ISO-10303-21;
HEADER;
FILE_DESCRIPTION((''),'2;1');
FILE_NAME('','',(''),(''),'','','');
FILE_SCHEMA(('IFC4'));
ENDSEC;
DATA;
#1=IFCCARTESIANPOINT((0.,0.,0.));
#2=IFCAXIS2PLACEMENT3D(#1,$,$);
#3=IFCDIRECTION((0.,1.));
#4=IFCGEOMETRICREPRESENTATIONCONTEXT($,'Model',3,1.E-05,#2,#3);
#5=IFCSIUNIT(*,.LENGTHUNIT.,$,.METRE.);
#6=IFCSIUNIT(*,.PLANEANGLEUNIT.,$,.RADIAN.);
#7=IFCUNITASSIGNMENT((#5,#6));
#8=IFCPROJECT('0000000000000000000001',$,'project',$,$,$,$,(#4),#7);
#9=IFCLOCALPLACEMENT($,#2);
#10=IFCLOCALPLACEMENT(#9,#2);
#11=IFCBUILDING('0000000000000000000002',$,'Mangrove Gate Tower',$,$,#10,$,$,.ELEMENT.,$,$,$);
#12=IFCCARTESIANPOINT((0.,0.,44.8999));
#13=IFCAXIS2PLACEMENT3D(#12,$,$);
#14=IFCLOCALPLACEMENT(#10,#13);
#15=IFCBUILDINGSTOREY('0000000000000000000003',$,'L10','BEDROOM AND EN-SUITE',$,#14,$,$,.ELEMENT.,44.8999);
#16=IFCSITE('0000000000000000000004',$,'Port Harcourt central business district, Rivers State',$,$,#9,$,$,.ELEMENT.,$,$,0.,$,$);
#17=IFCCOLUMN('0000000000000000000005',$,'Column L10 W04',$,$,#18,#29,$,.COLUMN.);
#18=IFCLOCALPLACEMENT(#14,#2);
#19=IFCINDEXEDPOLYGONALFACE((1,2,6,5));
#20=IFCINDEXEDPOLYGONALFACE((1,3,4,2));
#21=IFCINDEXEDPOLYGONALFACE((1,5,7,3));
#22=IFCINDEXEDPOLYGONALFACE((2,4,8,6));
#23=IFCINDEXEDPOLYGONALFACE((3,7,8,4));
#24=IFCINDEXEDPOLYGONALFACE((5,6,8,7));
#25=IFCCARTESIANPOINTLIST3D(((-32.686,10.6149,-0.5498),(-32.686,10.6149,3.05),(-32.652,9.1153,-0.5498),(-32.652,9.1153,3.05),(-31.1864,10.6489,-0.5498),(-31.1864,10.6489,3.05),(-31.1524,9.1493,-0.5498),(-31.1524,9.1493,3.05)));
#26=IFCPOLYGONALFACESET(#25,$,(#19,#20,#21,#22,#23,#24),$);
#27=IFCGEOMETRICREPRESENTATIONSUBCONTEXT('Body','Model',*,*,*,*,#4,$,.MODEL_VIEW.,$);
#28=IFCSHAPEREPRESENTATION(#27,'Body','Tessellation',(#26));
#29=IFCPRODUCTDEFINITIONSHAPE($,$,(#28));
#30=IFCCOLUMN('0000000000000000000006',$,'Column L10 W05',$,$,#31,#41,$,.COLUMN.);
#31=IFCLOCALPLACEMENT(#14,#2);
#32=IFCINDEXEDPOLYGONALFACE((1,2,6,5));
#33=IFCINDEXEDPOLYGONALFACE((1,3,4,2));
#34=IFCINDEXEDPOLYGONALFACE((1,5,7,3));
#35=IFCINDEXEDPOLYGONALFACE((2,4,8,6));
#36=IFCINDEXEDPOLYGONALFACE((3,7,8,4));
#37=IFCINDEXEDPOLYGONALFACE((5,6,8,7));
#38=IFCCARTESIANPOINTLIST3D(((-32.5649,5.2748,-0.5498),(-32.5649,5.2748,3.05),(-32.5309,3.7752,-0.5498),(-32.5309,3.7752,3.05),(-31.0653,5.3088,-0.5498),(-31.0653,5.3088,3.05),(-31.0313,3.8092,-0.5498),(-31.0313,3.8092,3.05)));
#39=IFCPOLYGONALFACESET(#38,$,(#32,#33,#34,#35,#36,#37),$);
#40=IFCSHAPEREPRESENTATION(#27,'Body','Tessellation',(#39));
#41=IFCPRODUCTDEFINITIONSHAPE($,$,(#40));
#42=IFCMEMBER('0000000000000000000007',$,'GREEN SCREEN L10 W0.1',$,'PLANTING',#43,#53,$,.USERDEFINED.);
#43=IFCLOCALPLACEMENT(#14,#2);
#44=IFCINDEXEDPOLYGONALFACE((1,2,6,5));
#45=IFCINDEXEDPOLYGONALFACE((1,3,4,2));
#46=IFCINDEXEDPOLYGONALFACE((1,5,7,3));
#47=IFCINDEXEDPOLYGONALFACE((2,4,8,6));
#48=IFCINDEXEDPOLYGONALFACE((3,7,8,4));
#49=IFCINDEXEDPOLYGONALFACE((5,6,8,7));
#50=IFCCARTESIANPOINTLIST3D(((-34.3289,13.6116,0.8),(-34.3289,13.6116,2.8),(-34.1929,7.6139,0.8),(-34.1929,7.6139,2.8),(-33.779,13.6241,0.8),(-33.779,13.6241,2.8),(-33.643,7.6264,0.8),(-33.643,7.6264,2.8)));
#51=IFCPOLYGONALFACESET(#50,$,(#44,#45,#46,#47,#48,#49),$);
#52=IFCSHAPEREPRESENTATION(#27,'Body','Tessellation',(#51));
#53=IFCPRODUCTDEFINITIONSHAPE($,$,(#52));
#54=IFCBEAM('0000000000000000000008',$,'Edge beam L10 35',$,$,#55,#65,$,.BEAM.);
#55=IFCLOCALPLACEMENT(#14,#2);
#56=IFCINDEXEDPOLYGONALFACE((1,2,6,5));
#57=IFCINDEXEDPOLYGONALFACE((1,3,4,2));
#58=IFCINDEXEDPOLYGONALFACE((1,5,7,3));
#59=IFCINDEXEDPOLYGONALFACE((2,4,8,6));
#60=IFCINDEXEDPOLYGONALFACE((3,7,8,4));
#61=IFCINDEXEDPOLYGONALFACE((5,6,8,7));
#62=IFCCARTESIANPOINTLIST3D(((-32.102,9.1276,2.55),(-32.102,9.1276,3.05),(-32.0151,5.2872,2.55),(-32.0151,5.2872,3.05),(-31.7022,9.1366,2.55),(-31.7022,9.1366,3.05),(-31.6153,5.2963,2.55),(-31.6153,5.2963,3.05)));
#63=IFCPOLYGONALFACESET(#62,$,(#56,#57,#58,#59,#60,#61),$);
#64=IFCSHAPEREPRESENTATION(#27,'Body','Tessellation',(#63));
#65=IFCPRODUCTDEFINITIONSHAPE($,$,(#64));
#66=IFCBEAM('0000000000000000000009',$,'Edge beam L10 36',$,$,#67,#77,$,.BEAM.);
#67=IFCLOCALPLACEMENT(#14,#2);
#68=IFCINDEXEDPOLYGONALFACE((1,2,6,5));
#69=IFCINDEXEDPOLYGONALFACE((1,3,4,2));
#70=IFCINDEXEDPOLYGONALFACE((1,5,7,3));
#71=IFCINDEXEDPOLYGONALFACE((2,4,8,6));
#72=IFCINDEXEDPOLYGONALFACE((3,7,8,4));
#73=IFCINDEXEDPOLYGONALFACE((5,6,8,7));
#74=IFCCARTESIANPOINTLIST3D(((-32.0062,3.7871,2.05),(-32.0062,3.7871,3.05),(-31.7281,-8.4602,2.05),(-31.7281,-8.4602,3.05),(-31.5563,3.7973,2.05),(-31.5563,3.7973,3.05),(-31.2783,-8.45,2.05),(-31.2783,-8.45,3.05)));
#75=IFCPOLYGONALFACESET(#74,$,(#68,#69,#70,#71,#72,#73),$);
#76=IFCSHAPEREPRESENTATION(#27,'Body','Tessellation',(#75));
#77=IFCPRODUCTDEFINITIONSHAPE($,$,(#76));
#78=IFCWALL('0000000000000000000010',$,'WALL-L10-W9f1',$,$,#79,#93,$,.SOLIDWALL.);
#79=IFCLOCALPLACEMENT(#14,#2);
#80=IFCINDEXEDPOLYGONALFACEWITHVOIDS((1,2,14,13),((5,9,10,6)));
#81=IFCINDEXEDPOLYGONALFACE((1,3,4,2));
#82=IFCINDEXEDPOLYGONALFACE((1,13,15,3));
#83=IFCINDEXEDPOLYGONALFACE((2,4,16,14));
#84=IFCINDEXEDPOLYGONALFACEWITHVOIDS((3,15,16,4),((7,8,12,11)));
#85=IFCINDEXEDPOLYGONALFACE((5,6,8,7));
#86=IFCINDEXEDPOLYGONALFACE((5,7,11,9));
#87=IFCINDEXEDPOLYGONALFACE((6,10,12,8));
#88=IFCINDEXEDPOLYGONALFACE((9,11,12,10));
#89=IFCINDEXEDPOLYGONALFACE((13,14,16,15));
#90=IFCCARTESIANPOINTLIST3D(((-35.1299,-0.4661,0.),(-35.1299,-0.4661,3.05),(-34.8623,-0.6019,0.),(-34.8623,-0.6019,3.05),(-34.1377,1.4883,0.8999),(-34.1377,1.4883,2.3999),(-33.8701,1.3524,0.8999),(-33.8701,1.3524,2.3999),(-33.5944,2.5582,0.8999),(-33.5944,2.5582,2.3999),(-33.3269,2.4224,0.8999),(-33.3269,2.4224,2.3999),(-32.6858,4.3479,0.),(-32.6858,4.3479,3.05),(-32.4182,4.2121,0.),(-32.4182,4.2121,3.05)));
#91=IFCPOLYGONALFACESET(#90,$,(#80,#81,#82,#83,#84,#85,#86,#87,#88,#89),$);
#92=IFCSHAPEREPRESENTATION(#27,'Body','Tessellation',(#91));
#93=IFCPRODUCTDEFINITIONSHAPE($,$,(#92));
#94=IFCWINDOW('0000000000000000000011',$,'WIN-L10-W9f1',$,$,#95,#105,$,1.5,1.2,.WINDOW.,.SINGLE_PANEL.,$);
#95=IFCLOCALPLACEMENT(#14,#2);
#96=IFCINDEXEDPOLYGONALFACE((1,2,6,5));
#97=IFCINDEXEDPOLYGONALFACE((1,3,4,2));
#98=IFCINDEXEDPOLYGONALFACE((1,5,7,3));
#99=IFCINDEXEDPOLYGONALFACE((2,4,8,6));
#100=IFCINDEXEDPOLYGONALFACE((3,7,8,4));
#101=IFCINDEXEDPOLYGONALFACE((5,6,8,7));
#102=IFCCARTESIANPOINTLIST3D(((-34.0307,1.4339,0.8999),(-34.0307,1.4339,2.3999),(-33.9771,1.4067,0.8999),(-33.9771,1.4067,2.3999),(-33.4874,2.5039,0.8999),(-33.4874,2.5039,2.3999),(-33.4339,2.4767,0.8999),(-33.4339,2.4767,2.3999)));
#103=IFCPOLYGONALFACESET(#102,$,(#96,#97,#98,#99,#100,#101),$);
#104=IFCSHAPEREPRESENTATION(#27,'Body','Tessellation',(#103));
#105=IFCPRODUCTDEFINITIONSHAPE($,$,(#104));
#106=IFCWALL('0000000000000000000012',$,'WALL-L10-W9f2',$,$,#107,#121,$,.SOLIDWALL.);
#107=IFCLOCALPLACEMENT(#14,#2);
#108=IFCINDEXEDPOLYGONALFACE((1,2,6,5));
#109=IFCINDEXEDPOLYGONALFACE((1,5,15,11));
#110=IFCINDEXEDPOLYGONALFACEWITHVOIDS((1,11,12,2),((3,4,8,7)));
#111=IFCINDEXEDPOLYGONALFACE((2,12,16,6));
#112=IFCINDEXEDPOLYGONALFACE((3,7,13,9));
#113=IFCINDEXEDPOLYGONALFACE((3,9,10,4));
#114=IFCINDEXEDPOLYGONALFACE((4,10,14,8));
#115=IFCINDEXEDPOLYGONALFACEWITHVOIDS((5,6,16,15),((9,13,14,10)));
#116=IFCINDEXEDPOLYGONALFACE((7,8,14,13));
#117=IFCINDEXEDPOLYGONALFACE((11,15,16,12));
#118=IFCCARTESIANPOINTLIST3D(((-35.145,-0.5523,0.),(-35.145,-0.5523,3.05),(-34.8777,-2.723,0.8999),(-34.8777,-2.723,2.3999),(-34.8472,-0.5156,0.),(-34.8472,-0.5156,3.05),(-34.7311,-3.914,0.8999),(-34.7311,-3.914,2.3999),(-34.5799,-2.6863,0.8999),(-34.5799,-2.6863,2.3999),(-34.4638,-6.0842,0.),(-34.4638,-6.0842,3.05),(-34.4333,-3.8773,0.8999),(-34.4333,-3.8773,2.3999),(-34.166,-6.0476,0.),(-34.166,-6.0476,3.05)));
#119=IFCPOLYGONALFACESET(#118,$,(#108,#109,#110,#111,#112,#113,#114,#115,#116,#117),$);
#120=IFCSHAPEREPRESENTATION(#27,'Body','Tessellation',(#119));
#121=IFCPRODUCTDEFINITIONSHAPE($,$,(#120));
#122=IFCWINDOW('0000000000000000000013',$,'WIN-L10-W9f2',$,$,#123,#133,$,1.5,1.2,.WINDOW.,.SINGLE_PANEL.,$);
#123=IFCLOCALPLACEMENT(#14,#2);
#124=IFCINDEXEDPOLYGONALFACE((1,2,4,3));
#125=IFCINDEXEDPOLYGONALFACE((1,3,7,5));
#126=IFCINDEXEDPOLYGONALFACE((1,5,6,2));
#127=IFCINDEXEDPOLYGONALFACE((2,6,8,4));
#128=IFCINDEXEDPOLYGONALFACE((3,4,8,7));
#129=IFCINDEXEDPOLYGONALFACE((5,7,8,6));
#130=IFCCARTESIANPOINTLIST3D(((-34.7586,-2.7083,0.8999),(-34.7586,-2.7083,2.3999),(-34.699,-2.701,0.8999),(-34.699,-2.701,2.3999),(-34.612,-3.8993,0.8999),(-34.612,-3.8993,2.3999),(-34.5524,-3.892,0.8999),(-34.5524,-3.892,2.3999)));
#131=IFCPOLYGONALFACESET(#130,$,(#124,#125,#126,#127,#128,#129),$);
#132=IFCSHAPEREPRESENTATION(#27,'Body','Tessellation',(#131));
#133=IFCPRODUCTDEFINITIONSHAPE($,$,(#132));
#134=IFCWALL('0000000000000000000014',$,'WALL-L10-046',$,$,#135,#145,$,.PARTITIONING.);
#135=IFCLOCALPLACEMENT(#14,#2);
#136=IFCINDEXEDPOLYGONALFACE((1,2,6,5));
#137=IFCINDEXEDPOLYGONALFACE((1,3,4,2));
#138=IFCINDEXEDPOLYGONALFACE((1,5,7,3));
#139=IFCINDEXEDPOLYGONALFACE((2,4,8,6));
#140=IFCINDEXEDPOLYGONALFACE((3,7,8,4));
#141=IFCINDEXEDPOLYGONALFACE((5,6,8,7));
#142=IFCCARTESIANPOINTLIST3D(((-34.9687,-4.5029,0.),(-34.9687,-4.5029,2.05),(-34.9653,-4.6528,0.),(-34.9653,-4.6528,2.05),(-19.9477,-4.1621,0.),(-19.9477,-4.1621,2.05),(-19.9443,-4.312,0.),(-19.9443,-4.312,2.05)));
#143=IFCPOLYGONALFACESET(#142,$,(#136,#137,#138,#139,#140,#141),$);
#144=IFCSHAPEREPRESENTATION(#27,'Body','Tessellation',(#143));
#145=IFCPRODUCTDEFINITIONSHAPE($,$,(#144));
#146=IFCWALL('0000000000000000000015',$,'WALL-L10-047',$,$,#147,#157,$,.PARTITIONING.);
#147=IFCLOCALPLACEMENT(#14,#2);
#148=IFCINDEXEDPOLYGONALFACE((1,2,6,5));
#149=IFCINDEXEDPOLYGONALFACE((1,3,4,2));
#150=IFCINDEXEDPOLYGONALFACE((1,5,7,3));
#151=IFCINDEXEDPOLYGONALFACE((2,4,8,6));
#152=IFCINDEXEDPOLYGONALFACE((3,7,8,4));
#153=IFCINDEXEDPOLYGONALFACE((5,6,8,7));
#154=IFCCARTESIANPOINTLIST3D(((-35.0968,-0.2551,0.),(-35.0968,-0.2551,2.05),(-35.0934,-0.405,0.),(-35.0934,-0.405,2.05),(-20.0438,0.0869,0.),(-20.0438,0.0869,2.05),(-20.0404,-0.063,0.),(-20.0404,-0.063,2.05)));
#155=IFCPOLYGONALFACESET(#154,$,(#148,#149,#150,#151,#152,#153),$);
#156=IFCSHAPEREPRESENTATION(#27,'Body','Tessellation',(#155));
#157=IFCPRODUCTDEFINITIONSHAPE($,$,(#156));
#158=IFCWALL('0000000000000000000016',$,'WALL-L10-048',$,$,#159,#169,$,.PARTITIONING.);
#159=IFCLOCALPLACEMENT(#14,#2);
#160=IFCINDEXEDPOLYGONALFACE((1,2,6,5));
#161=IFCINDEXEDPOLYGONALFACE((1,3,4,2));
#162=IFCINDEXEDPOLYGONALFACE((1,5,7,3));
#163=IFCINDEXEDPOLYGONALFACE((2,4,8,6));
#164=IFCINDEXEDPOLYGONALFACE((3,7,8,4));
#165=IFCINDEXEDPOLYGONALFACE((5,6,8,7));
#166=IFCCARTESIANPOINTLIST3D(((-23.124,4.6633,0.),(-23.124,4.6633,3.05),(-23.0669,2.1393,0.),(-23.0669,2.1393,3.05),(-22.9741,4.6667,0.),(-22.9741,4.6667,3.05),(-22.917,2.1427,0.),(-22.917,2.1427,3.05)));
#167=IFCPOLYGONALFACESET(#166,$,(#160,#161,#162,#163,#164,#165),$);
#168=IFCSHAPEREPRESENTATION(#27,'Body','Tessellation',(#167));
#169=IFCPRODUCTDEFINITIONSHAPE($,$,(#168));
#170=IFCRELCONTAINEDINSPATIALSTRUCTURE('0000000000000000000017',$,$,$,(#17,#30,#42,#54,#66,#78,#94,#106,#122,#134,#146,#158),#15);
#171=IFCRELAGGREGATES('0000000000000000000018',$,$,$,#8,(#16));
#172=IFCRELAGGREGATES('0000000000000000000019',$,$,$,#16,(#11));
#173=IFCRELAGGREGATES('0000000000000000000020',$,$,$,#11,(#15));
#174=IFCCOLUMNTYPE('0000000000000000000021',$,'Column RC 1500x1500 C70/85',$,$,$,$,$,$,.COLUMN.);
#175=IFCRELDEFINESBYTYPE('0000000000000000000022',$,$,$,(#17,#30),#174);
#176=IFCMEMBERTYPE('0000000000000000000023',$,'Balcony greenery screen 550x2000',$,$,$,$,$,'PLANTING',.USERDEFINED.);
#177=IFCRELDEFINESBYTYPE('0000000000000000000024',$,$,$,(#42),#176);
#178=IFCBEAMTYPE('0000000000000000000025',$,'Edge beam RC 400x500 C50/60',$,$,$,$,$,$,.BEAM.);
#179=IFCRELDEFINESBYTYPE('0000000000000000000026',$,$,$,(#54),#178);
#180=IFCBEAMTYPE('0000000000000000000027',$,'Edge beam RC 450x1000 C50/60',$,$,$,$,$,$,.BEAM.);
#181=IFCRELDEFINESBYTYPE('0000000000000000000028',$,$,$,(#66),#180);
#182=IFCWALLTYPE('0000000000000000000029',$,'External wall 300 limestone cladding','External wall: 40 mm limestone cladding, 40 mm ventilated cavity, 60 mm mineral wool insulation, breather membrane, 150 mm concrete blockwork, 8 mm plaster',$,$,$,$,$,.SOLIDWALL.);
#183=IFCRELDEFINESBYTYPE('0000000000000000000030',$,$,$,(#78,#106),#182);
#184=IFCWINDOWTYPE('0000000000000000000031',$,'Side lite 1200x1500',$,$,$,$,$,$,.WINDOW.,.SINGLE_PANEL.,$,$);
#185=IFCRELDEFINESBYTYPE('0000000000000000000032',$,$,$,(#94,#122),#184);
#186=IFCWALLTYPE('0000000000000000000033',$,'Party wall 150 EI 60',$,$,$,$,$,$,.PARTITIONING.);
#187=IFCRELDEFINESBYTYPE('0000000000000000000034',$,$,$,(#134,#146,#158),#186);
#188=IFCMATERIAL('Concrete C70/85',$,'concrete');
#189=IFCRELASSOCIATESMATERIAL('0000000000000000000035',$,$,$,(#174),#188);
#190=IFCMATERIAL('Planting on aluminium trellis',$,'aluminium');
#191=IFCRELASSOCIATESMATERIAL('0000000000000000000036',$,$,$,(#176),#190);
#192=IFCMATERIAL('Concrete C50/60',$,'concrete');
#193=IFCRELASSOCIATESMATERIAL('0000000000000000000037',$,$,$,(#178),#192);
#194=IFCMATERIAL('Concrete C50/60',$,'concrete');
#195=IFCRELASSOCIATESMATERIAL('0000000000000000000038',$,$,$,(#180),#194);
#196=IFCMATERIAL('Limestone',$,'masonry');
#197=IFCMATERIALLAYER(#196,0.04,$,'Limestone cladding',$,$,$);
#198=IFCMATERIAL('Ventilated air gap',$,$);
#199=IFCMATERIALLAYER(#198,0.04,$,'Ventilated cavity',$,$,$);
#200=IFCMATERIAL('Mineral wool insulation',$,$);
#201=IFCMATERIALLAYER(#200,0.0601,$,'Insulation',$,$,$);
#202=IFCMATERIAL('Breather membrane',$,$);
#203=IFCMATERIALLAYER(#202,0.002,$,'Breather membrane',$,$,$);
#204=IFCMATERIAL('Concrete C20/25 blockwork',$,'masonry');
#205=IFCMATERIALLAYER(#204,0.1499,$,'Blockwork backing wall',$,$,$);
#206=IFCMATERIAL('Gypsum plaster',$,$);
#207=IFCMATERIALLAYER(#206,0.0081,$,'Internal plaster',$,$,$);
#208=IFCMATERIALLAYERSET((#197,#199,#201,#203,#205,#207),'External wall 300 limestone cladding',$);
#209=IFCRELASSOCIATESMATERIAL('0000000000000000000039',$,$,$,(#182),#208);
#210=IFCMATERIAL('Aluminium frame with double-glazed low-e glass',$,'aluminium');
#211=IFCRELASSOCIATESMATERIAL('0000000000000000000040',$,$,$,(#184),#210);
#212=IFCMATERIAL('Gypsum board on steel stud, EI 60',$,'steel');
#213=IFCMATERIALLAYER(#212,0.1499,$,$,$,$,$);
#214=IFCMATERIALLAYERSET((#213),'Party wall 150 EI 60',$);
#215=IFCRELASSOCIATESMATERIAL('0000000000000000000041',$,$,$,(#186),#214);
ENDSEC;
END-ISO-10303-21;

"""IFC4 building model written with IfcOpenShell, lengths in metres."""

from ifc_helpers import new_model, si_unit, direction, frame, frame_2d, origin, origin_2d, place, context, subcontext, project, spatial, rectangle, extrude, material, layer, layer_set, material_profile, profile_set, type_object, element, fill, save


model = new_model("IFC4")

# Units and contexts
model_context = context("Model", 3, precision=1e-05, world=origin(), true_north=direction((0.0, 1.0)))
body_context = subcontext(model_context, "Body", "Model", "MODEL_VIEW")
ifc_project = project(units=[si_unit("LENGTHUNIT", "METRE"), si_unit("PLANEANGLEUNIT", "RADIAN")], contexts=[model_context])

# Site, building, storey
site_placement = place(None, origin())
site = spatial("IfcSite", under=ifc_project, at=site_placement, Name="Port Harcourt central business district, Rivers State", CompositionType="ELEMENT", RefElevation=0.0)
building_placement = place(site_placement, origin())
building = spatial("IfcBuilding", under=site, at=building_placement, Name="Mangrove Gate Tower", CompositionType="ELEMENT")
storey_placement = place(building_placement, frame((0.0, 0.0, 44.8999)))
storey = spatial("IfcBuildingStorey", under=building, at=storey_placement, Name="L10", Description="BEDROOM AND EN-SUITE", CompositionType="ELEMENT", Elevation=44.8999)

# Columns
ifc_material_1 = material(Name="Concrete C70/85", Category="concrete")
ifc_material_profile_1 = material_profile(ifc_material_1, rectangle(XDim=1.5, YDim=1.5, at=origin_2d()))
ifc_profile_set_1 = profile_set([ifc_material_profile_1], Name="Concrete C70/85")
column_type = type_object("IfcColumnType", Name="Column RC 1500x1500 C70/85", PredefinedType="COLUMN", material=ifc_profile_set_1)
for number, where, z_axis, x_axis, name in (
    (1, (-31.9192, 9.8821, -0.5498), (0.0, 0.0, 1.0), (0.022653, -0.999743, 0.0), "Column L10 W04"),
    (2, (-31.7981, 4.542, -0.5498), (0.0, 0.0, 1.0), (0.02268, -0.999743, 0.0), "Column L10 W05"),
):
    element("IfcColumn", number, at=place(storey_placement, frame(where, z_axis=z_axis, x_axis=x_axis)), inside=storey, type_object=column_type, Name=name, PredefinedType="COLUMN", context=body_context, shape_type="SweptSolid", body=[
        extrude(rectangle(XDim=1.5, YDim=1.5, at=origin_2d()), origin(), (0.0, 0.0, 1.0), 3.5999),
    ])

# Member
ifc_material_2 = material(Name="Planting on aluminium trellis", Category="aluminium")
ifc_material_profile_2 = material_profile(ifc_material_2, rectangle(XDim=0.55, YDim=2.0, at=origin_2d()))
ifc_profile_set_2 = profile_set([ifc_material_profile_2], Name="Planting on aluminium trellis")
member_type = type_object("IfcMemberType", Name="Balcony greenery screen 550x2000", ElementType="PLANTING", PredefinedType="USERDEFINED", material=ifc_profile_set_2)
member_placement = place(storey_placement, frame((-33.918, 7.6201, 1.8), z_axis=(-0.022667, 0.999743, 0.0), x_axis=(-0.999743, -0.022667, 0.0)))
element("IfcMember", 3, at=member_placement, inside=storey, type_object=member_type, Name="GREEN SCREEN L10 W0.1", ObjectType="PLANTING", PredefinedType="USERDEFINED", context=body_context, shape_type="SweptSolid", body=[
    extrude(rectangle(XDim=0.55, YDim=2.0, at=origin_2d()), origin(), (0.0, 0.0, 1.0), 5.9993),
])

# Beams
ifc_material_3 = material(Name="Concrete C50/60", Category="concrete")
ifc_material_profile_3 = material_profile(ifc_material_3, rectangle(XDim=0.3999, YDim=0.5, at=origin_2d()))
ifc_profile_set_3 = profile_set([ifc_material_profile_3], Name="Concrete C50/60")
beam_type_1 = type_object("IfcBeamType", Name="Edge beam RC 400x500 C50/60", PredefinedType="BEAM", material=ifc_profile_set_3)
beam_1_placement = place(storey_placement, frame((-31.9021, 9.1321, 2.8), z_axis=(0.022626, -0.999744, 0.0), x_axis=(0.999744, 0.022626, 0.0)))
element("IfcBeam", 4, at=beam_1_placement, inside=storey, type_object=beam_type_1, Name="Edge beam L10 35", PredefinedType="BEAM", context=body_context, shape_type="SweptSolid", body=[
    extrude(rectangle(XDim=0.3999, YDim=0.5, at=origin_2d()), origin(), (0.0, 0.0, 1.0), 3.8413),
])
ifc_material_4 = material(Name="Concrete C50/60", Category="concrete")
ifc_material_profile_4 = material_profile(ifc_material_4, rectangle(XDim=0.45, YDim=1.0, at=origin_2d()))
ifc_profile_set_4 = profile_set([ifc_material_profile_4], Name="Concrete C50/60")
beam_type_2 = type_object("IfcBeamType", Name="Edge beam RC 450x1000 C50/60", PredefinedType="BEAM", material=ifc_profile_set_4)
beam_2_placement = place(storey_placement, frame((-31.7812, 3.7922, 2.55), z_axis=(0.022699, -0.999742, 0.0), x_axis=(0.999742, 0.022699, 0.0)))
element("IfcBeam", 5, at=beam_2_placement, inside=storey, type_object=beam_type_2, Name="Edge beam L10 36", PredefinedType="BEAM", context=body_context, shape_type="SweptSolid", body=[
    extrude(rectangle(XDim=0.45, YDim=1.0, at=origin_2d()), origin(), (0.0, 0.0, 1.0), 12.2505),
])

# Walls, openings, windows
ifc_material_5 = material(Name="Limestone", Category="masonry")
ifc_layer_1 = layer(ifc_material_5, 0.04, Name="Limestone cladding")
ifc_material_6 = material(Name="Ventilated air gap")
ifc_layer_2 = layer(ifc_material_6, 0.04, Name="Ventilated cavity")
ifc_material_7 = material(Name="Mineral wool insulation")
ifc_layer_3 = layer(ifc_material_7, 0.0601, Name="Insulation")
ifc_material_8 = material(Name="Breather membrane")
ifc_layer_4 = layer(ifc_material_8, 0.002, Name="Breather membrane")
ifc_material_9 = material(Name="Concrete C20/25 blockwork", Category="masonry")
ifc_layer_5 = layer(ifc_material_9, 0.1499, Name="Blockwork backing wall")
ifc_material_10 = material(Name="Gypsum plaster")
ifc_layer_6 = layer(ifc_material_10, 0.0081, Name="Internal plaster")
ifc_layer_set_1 = layer_set([ifc_layer_1, ifc_layer_2, ifc_layer_3, ifc_layer_4, ifc_layer_5, ifc_layer_6], Name="External wall 300 limestone cladding")
wall_type_1 = type_object("IfcWallType", Name="External wall 300 limestone cladding", Description="External wall: 40 mm limestone cladding, 40 mm ventilated cavity, 60 mm mineral wool insulation, breather membrane, 150 mm concrete blockwork, 8 mm plaster", PredefinedType="SOLIDWALL", material=ifc_layer_set_1)
wall_1_placement = place(storey_placement, frame((-32.552, 4.28, 0.0), z_axis=(0.0, 0.0, 1.0), x_axis=(-0.452704, -0.891661, 0.0)))
wall_1 = element("IfcWall", 6, at=wall_1_placement, inside=storey, type_object=wall_type_1, Name="WALL-L10-W9f1", PredefinedType="SOLIDWALL", context=body_context, shape_type="SweptSolid", body=[
    extrude(rectangle(XDim=5.3989, YDim=0.3, at=frame_2d((2.6995, 0.0))), origin(), (0.0, 0.0, 1.0), 3.05),
])
opening_1_placement = place(wall_1_placement, frame((2.0071, 0.0, 0.8999)))
opening_1 = element("IfcOpeningElement", 7, at=opening_1_placement, cuts=wall_1, PredefinedType="OPENING", context=body_context, shape_type="SweptSolid", body=[
    extrude(rectangle(XDim=1.2, YDim=1.5, at=frame_2d((0.6001, 0.75))), frame((0.0, 0.1599, 0.0), z_axis=(0.0, -1.0, 0.0), x_axis=(1.0, 0.0, 0.0)), (0.0, 0.0, 1.0), 0.3201),
])
ifc_material_11 = material(Name="Aluminium frame with double-glazed low-e glass", Category="aluminium")
window_type = type_object("IfcWindowType", Name="Side lite 1200x1500", PartitioningType="SINGLE_PANEL", PredefinedType="WINDOW", material=ifc_material_11)
window_1_placement = place(opening_1_placement, origin())
window_1 = element("IfcWindow", 8, at=window_1_placement, inside=storey, type_object=window_type, Name="WIN-L10-W9f1", OverallHeight=1.5, OverallWidth=1.2, PartitioningType="SINGLE_PANEL", PredefinedType="WINDOW", context=body_context, shape_type="SweptSolid", body=[
    extrude(rectangle(XDim=1.2, YDim=1.5, at=frame_2d((0.6001, 0.75))), frame((0.0, 0.03, 0.0), z_axis=(0.0, -1.0, 0.0), x_axis=(1.0, 0.0, 0.0)), (0.0, 0.0, 1.0), 0.0601),
])
fill(opening_1, window_1)
wall_2_placement = place(storey_placement, frame((-34.9961, -0.5339, 0.0), z_axis=(0.0, 0.0, 1.0), x_axis=(0.122207, -0.992505, 0.0)))
wall_2 = element("IfcWall", 9, at=wall_2_placement, inside=storey, type_object=wall_type_1, Name="WALL-L10-W9f2", PredefinedType="SOLIDWALL", context=body_context, shape_type="SweptSolid", body=[
    extrude(rectangle(XDim=5.5737, YDim=0.3, at=frame_2d((2.7869, 0.0))), origin(), (0.0, 0.0, 1.0), 3.05),
])
opening_2_placement = place(wall_2_placement, frame((2.187, 0.0, 0.8999)))
opening_2 = element("IfcOpeningElement", 10, at=opening_2_placement, cuts=wall_2, PredefinedType="OPENING", context=body_context, shape_type="SweptSolid", body=[
    extrude(rectangle(XDim=1.2, YDim=1.5, at=frame_2d((0.6001, 0.75))), frame((0.0, 0.1599, 0.0), z_axis=(0.0, -1.0, 0.0), x_axis=(1.0, 0.0, 0.0)), (0.0, 0.0, 1.0), 0.3201),
])
window_2_placement = place(opening_2_placement, origin())
window_2 = element("IfcWindow", 11, at=window_2_placement, inside=storey, type_object=window_type, Name="WIN-L10-W9f2", OverallHeight=1.5, OverallWidth=1.2, PartitioningType="SINGLE_PANEL", PredefinedType="WINDOW", context=body_context, shape_type="SweptSolid", body=[
    extrude(rectangle(XDim=1.2, YDim=1.5, at=frame_2d((0.6001, 0.75))), frame((0.0, 0.03, 0.0), z_axis=(0.0, -1.0, 0.0), x_axis=(1.0, 0.0, 0.0)), (0.0, 0.0, 1.0), 0.0601),
])
fill(opening_2, window_2)

# Walls
ifc_material_12 = material(Name="Gypsum board on steel stud, EI 60", Category="steel")
ifc_layer_7 = layer(ifc_material_12, 0.1499)
ifc_layer_set_2 = layer_set([ifc_layer_7], Name="Party wall 150 EI 60")
wall_type_2 = type_object("IfcWallType", Name="Party wall 150 EI 60", PredefinedType="PARTITIONING", material=ifc_layer_set_2)
wall_3_placement = place(storey_placement, frame((-34.967, -4.5779, 0.0), z_axis=(0.0, 0.0, 1.0), x_axis=(0.999743, 0.022684, 0.0)))
element("IfcWall", 12, at=wall_3_placement, inside=storey, type_object=wall_type_2, Name="WALL-L10-046", PredefinedType="PARTITIONING", context=body_context, shape_type="SweptSolid", body=[
    extrude(rectangle(XDim=15.0249, YDim=0.1499, at=frame_2d((7.5125, 0.0))), origin(), (0.0, 0.0, 1.0), 2.05),
])
wall_4_placement = place(storey_placement, frame((-35.095, -0.3301, 0.0), z_axis=(0.0, 0.0, 1.0), x_axis=(0.999742, 0.022717, 0.0)))
element("IfcWall", 13, at=wall_4_placement, inside=storey, type_object=wall_type_2, Name="WALL-L10-047", PredefinedType="PARTITIONING", context=body_context, shape_type="SweptSolid", body=[
    extrude(rectangle(XDim=15.0569, YDim=0.1499, at=frame_2d((7.5283, 0.0))), origin(), (0.0, 0.0, 1.0), 2.05),
])
wall_5_placement = place(storey_placement, frame((-22.9919, 2.1411, 0.0), z_axis=(0.0, 0.0, 1.0), x_axis=(-0.022629, 0.999744, 0.0)))
element("IfcWall", 14, at=wall_5_placement, inside=storey, type_object=wall_type_2, Name="WALL-L10-048", PredefinedType="PARTITIONING", context=body_context, shape_type="SweptSolid", body=[
    extrude(rectangle(XDim=2.5247, YDim=0.1499, at=frame_2d((1.2622, 0.0))), origin(), (0.0, 0.0, 1.0), 3.05),
])

save(model, "model.ifc")
